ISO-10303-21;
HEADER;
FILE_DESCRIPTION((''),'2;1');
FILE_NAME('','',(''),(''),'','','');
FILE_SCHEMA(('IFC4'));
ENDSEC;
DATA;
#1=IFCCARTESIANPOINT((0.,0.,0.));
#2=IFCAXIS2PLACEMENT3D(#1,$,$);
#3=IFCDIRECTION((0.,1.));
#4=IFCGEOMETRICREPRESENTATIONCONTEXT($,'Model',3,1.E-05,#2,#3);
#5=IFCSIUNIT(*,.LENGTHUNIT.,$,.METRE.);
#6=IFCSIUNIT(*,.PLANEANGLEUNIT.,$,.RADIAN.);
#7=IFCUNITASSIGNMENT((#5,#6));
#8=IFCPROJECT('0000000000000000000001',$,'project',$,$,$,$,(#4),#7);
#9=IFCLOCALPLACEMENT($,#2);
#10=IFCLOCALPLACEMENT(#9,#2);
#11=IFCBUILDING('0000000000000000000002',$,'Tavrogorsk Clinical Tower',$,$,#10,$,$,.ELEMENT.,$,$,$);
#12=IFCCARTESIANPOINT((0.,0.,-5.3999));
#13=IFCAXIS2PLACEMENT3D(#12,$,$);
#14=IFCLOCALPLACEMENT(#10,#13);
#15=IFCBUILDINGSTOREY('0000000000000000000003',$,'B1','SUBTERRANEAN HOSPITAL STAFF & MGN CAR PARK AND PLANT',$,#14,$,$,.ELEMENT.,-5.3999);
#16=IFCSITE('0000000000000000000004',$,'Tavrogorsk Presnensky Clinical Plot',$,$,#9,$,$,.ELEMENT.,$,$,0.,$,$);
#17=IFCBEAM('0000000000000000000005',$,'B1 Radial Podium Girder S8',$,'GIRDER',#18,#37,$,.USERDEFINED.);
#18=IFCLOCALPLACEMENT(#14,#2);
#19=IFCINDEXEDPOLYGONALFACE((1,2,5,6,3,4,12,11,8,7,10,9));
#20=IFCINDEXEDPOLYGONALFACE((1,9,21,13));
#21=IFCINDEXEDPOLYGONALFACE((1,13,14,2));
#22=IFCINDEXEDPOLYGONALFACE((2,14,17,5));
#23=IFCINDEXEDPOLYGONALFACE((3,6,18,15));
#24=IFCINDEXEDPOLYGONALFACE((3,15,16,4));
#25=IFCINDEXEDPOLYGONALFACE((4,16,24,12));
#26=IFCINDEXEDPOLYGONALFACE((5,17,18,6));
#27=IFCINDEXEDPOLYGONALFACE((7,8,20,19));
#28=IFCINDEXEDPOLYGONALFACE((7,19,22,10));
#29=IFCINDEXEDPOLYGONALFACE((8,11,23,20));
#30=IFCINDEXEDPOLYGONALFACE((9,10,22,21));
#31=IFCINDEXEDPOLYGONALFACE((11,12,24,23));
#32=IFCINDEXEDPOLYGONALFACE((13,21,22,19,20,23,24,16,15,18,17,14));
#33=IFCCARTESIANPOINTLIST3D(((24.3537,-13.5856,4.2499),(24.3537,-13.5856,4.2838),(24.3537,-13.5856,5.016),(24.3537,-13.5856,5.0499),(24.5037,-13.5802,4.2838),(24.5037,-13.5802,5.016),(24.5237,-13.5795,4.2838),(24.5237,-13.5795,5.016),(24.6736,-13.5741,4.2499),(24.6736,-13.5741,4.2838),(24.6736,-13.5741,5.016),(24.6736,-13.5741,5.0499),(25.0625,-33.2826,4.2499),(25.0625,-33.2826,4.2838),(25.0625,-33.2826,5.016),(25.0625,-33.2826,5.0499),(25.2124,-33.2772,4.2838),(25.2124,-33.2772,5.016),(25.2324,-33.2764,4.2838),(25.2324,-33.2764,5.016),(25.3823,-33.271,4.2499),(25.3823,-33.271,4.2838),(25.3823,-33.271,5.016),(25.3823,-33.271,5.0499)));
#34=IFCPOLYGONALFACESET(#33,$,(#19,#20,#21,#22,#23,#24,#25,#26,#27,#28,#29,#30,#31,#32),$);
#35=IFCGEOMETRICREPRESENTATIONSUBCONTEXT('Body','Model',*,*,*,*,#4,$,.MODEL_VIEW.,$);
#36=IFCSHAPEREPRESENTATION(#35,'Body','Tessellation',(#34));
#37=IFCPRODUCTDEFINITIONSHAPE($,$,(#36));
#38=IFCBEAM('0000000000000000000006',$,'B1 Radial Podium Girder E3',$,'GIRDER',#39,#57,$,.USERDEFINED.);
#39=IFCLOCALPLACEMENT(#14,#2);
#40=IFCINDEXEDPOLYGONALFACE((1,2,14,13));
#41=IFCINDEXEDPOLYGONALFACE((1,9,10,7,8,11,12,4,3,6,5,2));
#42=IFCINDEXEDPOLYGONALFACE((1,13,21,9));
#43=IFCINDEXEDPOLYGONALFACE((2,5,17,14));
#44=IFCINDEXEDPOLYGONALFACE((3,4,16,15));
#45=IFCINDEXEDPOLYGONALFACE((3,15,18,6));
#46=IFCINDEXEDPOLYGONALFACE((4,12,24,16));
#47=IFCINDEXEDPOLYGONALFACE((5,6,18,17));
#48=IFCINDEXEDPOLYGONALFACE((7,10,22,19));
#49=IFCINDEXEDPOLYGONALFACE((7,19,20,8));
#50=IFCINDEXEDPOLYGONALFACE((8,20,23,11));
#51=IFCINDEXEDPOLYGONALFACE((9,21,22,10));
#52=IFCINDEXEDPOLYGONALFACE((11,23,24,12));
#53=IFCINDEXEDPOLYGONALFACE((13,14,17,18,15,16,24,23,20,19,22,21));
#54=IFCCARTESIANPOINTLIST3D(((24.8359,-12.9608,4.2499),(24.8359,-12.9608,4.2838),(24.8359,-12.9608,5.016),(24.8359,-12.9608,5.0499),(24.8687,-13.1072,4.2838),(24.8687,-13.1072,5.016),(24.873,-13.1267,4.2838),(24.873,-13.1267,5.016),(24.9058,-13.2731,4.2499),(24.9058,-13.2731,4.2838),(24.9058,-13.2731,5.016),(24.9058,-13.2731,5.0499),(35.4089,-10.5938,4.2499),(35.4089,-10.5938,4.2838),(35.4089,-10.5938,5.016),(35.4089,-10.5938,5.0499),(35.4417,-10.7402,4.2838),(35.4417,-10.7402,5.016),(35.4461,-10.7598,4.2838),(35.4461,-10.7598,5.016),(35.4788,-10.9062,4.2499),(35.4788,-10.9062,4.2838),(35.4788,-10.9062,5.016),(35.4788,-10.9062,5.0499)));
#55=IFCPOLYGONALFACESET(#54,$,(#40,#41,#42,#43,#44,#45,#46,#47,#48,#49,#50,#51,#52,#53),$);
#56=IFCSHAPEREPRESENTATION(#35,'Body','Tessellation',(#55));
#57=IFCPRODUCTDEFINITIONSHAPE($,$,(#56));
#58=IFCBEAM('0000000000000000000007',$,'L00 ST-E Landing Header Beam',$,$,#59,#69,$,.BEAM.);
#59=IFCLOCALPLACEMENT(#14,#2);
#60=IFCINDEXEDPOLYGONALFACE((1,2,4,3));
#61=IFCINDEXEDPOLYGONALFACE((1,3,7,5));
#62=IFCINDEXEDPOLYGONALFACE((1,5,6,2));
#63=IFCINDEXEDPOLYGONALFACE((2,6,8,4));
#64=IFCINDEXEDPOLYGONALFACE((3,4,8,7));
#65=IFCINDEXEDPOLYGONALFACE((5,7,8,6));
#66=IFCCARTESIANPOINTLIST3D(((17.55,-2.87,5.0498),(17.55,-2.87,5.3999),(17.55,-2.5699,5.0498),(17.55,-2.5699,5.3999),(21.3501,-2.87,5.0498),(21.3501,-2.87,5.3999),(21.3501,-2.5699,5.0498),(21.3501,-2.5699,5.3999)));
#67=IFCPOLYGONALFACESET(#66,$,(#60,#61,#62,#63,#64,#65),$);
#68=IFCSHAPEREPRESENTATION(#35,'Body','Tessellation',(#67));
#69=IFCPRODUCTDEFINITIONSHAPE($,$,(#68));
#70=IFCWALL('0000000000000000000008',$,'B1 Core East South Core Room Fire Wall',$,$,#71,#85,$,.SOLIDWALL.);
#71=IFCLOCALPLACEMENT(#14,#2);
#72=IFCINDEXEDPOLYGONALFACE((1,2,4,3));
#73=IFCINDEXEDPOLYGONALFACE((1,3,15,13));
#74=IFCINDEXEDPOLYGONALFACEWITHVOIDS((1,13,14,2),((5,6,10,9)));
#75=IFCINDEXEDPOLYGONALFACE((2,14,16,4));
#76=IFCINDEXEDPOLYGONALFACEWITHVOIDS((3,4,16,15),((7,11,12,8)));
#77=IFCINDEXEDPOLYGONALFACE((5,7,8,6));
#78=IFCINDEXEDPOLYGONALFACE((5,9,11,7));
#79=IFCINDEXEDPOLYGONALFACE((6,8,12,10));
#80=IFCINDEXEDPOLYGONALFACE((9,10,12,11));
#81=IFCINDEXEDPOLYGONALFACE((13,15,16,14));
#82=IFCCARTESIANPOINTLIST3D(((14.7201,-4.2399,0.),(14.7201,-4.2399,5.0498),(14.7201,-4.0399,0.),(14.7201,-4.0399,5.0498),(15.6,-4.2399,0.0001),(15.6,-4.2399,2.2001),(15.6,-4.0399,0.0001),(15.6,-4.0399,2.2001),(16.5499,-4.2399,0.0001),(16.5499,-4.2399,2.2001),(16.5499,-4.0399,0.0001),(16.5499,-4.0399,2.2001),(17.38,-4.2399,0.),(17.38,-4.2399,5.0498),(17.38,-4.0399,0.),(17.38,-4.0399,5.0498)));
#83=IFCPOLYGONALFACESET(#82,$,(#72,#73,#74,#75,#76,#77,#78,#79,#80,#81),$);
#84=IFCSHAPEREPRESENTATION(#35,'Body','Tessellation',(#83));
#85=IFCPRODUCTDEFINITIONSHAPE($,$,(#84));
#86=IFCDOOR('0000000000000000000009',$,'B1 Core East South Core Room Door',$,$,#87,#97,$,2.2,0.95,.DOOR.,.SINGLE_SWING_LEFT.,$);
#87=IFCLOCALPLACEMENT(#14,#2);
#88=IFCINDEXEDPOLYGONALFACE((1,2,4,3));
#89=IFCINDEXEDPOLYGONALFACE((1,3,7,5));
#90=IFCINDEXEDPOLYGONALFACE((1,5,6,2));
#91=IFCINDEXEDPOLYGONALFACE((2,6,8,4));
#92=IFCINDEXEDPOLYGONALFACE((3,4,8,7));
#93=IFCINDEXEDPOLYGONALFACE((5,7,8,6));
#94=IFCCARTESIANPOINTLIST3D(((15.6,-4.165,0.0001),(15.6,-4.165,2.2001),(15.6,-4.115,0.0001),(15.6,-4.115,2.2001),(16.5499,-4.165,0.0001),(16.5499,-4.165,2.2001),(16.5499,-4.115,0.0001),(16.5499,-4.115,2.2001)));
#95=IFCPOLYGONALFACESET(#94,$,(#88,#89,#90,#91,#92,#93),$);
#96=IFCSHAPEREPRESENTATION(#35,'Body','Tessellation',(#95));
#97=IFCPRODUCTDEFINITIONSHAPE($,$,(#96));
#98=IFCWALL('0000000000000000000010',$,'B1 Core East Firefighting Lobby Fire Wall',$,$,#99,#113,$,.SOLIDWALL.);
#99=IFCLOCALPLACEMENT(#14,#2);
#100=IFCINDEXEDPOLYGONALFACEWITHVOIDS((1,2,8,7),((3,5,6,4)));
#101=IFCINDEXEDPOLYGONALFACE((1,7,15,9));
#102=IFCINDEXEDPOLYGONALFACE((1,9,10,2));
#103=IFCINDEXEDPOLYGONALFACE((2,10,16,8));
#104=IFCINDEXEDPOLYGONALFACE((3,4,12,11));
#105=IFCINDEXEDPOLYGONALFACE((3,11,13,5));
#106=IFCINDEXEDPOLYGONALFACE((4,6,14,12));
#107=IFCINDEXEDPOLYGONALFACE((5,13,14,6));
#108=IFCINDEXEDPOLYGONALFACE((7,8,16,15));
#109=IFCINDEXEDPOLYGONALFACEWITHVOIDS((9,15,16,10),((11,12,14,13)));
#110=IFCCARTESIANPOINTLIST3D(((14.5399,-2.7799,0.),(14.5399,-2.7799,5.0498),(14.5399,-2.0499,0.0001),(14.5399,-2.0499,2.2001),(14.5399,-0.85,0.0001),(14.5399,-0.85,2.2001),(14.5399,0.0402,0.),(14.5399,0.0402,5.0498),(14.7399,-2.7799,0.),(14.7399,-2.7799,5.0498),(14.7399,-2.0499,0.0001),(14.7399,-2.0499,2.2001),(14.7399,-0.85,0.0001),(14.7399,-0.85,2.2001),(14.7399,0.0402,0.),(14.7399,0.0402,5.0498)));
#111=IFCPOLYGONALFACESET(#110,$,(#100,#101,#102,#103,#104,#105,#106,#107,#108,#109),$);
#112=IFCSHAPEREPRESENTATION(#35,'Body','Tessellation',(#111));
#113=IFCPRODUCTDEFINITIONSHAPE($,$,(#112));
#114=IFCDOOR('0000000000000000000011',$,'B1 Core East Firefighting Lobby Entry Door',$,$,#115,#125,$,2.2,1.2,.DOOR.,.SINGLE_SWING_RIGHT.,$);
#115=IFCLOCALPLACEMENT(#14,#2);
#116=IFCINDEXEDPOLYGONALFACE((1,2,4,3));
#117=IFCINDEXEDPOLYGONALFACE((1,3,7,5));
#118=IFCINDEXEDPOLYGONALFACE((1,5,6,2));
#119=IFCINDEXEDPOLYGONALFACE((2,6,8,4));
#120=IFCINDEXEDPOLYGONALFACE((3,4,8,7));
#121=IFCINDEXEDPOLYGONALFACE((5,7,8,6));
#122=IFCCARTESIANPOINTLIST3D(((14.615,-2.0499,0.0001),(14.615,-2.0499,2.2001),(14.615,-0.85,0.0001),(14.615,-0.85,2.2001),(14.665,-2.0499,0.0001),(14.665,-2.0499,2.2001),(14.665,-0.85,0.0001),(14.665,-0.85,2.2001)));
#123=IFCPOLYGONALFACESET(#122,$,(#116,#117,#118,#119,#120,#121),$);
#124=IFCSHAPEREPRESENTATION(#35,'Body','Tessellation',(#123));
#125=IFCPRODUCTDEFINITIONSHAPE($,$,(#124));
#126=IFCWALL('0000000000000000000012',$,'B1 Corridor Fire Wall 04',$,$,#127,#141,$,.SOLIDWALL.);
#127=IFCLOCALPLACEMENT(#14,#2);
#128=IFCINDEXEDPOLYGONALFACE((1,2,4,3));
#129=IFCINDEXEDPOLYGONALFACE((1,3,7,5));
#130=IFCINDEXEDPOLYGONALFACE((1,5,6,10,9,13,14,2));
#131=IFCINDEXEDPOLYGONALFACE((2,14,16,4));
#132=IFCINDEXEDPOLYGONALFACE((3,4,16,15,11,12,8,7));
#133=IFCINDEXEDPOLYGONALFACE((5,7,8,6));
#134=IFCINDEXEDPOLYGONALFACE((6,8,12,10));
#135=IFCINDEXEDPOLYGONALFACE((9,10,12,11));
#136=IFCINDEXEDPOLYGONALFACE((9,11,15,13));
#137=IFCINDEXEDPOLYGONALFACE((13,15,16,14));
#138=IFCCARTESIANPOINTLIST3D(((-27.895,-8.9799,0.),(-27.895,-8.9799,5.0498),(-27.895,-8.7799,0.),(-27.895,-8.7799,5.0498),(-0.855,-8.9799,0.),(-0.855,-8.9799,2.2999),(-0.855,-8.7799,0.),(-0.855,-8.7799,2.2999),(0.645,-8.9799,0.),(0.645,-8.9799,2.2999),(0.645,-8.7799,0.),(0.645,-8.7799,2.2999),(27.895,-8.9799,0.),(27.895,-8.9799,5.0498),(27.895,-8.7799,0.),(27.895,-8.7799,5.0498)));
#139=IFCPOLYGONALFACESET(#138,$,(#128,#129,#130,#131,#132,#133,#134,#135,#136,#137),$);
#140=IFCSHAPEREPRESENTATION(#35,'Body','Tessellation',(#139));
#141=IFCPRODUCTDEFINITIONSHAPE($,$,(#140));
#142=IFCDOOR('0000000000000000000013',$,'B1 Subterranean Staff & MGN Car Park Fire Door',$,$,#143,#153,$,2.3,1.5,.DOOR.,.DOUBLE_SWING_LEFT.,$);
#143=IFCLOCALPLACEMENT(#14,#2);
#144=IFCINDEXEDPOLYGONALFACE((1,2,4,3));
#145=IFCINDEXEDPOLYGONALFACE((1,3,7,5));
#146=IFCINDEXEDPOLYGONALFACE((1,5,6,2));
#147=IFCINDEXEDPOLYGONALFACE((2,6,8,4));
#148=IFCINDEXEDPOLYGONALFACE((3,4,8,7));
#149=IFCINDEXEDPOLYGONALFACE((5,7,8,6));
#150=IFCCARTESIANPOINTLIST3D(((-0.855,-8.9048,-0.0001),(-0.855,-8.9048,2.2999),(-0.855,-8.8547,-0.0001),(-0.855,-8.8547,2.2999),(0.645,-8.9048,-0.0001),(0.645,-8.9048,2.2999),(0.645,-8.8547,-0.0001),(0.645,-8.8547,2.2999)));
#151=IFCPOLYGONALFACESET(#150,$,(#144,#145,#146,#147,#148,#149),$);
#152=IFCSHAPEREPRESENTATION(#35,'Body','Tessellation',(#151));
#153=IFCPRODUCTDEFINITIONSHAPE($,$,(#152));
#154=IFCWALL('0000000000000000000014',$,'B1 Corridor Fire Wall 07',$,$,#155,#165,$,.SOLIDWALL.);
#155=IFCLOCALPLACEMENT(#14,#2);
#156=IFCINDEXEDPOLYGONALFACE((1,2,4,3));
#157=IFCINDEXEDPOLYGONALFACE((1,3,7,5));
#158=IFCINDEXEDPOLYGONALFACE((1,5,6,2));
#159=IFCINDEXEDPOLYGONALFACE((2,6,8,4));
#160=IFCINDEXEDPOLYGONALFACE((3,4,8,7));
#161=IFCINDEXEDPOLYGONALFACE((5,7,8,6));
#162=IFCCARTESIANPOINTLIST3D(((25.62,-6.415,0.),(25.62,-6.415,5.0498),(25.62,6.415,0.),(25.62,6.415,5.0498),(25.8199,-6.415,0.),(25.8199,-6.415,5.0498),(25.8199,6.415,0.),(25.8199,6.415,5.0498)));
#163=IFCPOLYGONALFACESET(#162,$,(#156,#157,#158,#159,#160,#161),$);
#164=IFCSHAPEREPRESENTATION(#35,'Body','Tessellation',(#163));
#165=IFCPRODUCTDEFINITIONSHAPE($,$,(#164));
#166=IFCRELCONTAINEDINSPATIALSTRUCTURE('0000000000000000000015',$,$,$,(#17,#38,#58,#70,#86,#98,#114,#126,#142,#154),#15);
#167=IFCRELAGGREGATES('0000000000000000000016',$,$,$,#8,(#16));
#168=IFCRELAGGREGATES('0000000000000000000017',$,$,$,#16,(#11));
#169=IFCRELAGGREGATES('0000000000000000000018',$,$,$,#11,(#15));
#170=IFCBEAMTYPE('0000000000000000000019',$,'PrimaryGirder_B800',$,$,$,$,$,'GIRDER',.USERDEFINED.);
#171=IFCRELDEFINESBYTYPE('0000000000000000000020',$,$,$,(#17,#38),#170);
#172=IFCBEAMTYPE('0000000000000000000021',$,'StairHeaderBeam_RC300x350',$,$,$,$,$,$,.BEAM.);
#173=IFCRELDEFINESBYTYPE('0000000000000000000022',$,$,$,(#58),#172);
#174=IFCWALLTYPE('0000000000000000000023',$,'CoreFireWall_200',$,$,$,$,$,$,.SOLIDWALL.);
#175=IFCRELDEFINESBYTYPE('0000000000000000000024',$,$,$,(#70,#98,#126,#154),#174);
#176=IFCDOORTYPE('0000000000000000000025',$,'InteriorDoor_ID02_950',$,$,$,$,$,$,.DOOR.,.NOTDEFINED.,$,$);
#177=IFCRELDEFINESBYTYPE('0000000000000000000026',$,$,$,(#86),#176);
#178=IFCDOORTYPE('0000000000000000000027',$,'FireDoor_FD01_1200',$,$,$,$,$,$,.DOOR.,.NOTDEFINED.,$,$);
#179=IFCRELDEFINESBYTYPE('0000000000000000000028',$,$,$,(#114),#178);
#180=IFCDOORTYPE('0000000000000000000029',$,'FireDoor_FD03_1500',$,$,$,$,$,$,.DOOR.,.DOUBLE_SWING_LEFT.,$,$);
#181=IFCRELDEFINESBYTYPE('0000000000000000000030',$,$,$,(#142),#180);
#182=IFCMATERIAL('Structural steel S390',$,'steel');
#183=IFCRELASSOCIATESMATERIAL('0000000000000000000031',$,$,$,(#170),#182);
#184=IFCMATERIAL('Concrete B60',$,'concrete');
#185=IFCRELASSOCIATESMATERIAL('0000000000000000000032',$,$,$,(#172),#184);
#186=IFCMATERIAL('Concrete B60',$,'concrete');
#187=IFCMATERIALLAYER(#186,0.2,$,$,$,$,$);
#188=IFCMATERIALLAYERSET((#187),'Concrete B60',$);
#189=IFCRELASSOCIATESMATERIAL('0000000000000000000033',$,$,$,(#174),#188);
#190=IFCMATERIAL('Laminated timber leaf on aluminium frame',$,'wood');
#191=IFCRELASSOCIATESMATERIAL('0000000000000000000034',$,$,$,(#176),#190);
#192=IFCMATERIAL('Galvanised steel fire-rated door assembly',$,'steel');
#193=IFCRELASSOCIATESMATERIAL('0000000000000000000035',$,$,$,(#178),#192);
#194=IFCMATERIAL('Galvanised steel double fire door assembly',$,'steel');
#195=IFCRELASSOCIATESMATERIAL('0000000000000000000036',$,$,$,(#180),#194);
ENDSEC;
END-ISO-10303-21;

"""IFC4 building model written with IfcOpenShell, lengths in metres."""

from ifc_helpers import new_model, si_unit, direction, frame, frame_2d, origin, origin_2d, place, context, subcontext, project, spatial, rectangle, i_section, extrude, material, layer, layer_set, material_profile, profile_set, type_object, element, fill, save


model = new_model("IFC4")

# Units and contexts
model_context = context("Model", 3, precision=1e-05, world=origin(), true_north=direction((0.0, 1.0)))
body_context = subcontext(model_context, "Body", "Model", "MODEL_VIEW")
ifc_project = project(units=[si_unit("LENGTHUNIT", "METRE"), si_unit("PLANEANGLEUNIT", "RADIAN")], contexts=[model_context])

# Site, building, storey
site_placement = place(None, origin())
site = spatial("IfcSite", under=ifc_project, at=site_placement, Name="Tavrogorsk Presnensky Clinical Plot", CompositionType="ELEMENT", RefElevation=0.0)
building_placement = place(site_placement, origin())
building = spatial("IfcBuilding", under=site, at=building_placement, Name="Tavrogorsk Clinical Tower", CompositionType="ELEMENT")
storey_placement = place(building_placement, frame((0.0, 0.0, -5.3999)))
storey = spatial("IfcBuildingStorey", under=building, at=storey_placement, Name="B1", Description="SUBTERRANEAN HOSPITAL STAFF & MGN CAR PARK AND PLANT", CompositionType="ELEMENT", Elevation=-5.3999)

# Beams
ifc_material_1 = material(Name="Structural steel S390", Category="steel")
ifc_material_profile_1 = material_profile(ifc_material_1, i_section(OverallWidth=0.3201, OverallDepth=0.8, WebThickness=0.02, FlangeThickness=0.0339, at=origin_2d()), Name="B-800x320x20x34")
ifc_profile_set_1 = profile_set([ifc_material_profile_1], Name="Structural steel S390")
beam_type_1 = type_object("IfcBeamType", Name="PrimaryGirder_B800", ElementType="GIRDER", PredefinedType="USERDEFINED", material=ifc_profile_set_1)
beam_1_placement = place(storey_placement, frame((24.5137, -13.5798, 4.6499), z_axis=(0.035959, -0.999353, 0.0), x_axis=(0.999353, 0.035959, 0.0)))
element("IfcBeam", 1, at=beam_1_placement, inside=storey, type_object=beam_type_1, Name="B1 Radial Podium Girder S8", ObjectType="GIRDER", PredefinedType="USERDEFINED", context=body_context, shape_type="SweptSolid", body=[
    extrude(i_section(OverallWidth=0.3201, OverallDepth=0.8, WebThickness=0.02, FlangeThickness=0.0339, at=origin_2d()), origin(), (0.0, 0.0, 1.0), 19.7097),
])
beam_2_placement = place(storey_placement, frame((24.8708, -13.1169, 4.6499), z_axis=(0.975846, 0.21846, 0.0), x_axis=(-0.21846, 0.975846, 0.0)))
element("IfcBeam", 2, at=beam_2_placement, inside=storey, type_object=beam_type_1, Name="B1 Radial Podium Girder E3", ObjectType="GIRDER", PredefinedType="USERDEFINED", context=body_context, shape_type="SweptSolid", body=[
    extrude(i_section(OverallWidth=0.3201, OverallDepth=0.8, WebThickness=0.02, FlangeThickness=0.0339, at=origin_2d()), origin(), (0.0, 0.0, 1.0), 10.8347),
])
ifc_material_2 = material(Name="Concrete B60", Category="concrete")
ifc_material_profile_2 = material_profile(ifc_material_2, rectangle(XDim=0.3, YDim=0.3501, at=origin_2d()), Name="RC-SHB-300x350")
ifc_profile_set_2 = profile_set([ifc_material_profile_2], Name="Concrete B60")
beam_type_2 = type_object("IfcBeamType", Name="StairHeaderBeam_RC300x350", PredefinedType="BEAM", material=ifc_profile_set_2)
beam_3_placement = place(storey_placement, frame((17.55, -2.72, 5.2249), z_axis=(1.0, 0.0, 0.0), x_axis=(0.0, 1.0, 0.0)))
element("IfcBeam", 3, at=beam_3_placement, inside=storey, type_object=beam_type_2, Name="L00 ST-E Landing Header Beam", PredefinedType="BEAM", context=body_context, shape_type="SweptSolid", body=[
    extrude(rectangle(XDim=0.3, YDim=0.3501, at=origin_2d()), origin(), (0.0, 0.0, 1.0), 3.8),
])

# Walls, openings, doors
ifc_material_3 = material(Name="Concrete B60", Category="concrete")
ifc_layer_1 = layer(ifc_material_3, 0.2)
ifc_layer_set_1 = layer_set([ifc_layer_1], Name="Concrete B60")
wall_type_1 = type_object("IfcWallType", Name="CoreFireWall_200", PredefinedType="SOLIDWALL", material=ifc_layer_set_1)
wall_1_placement = place(storey_placement, frame((14.72, -4.1399, 0.0), z_axis=(0.0, 0.0, 1.0), x_axis=(1.0, 0.0, 0.0)))
wall_1 = element("IfcWall", 4, at=wall_1_placement, inside=storey, type_object=wall_type_1, Name="B1 Core East South Core Room Fire Wall", PredefinedType="SOLIDWALL", context=body_context, shape_type="SweptSolid", body=[
    extrude(rectangle(XDim=2.6599, YDim=0.2, at=frame_2d((1.3301, 0.0))), origin(), (0.0, 0.0, 1.0), 5.0498),
])
opening_1_placement = place(wall_1_placement, frame((0.8799, 0.0, 0.0)))
opening_1 = element("IfcOpeningElement", 5, at=opening_1_placement, cuts=wall_1, PredefinedType="OPENING", context=body_context, shape_type="SweptSolid", body=[
    extrude(rectangle(XDim=0.95, YDim=2.2, at=frame_2d((0.4751, 1.1001))), frame((0.0, 0.1099, 0.0), z_axis=(0.0, -1.0, 0.0), x_axis=(1.0, 0.0, 0.0)), (0.0, 0.0, 1.0), 0.22),
])
ifc_material_4 = material(Name="Laminated timber leaf on aluminium frame", Category="wood")
door_type_1 = type_object("IfcDoorType", Name="InteriorDoor_ID02_950", OperationType="NOTDEFINED", PredefinedType="DOOR", material=ifc_material_4)
door_1_placement = place(opening_1_placement, origin())
door_1 = element("IfcDoor", 6, at=door_1_placement, inside=storey, type_object=door_type_1, Name="B1 Core East South Core Room Door", OperationType="SINGLE_SWING_LEFT", OverallHeight=2.2, OverallWidth=0.95, PredefinedType="DOOR", context=body_context, shape_type="SweptSolid", body=[
    extrude(rectangle(XDim=0.95, YDim=2.2, at=frame_2d((0.4751, 1.1001))), frame((0.0, 0.0249, 0.0), z_axis=(0.0, -1.0, 0.0), x_axis=(1.0, 0.0, 0.0)), (0.0, 0.0, 1.0), 0.05),
])
fill(opening_1, door_1)
wall_2_placement = place(storey_placement, frame((14.6399, -2.78, 0.0), z_axis=(0.0, 0.0, 1.0), x_axis=(0.0, 1.0, 0.0)))
wall_2 = element("IfcWall", 7, at=wall_2_placement, inside=storey, type_object=wall_type_1, Name="B1 Core East Firefighting Lobby Fire Wall", PredefinedType="SOLIDWALL", context=body_context, shape_type="SweptSolid", body=[
    extrude(rectangle(XDim=2.8201, YDim=0.2, at=frame_2d((1.4102, 0.0))), origin(), (0.0, 0.0, 1.0), 5.0498),
])
opening_2_placement = place(wall_2_placement, frame((0.73, 0.0, 0.0)))
opening_2 = element("IfcOpeningElement", 8, at=opening_2_placement, cuts=wall_2, PredefinedType="OPENING", context=body_context, shape_type="SweptSolid", body=[
    extrude(rectangle(XDim=1.2, YDim=2.2, at=frame_2d((0.6001, 1.1001))), frame((0.0, 0.1099, 0.0), z_axis=(0.0, -1.0, 0.0), x_axis=(1.0, 0.0, 0.0)), (0.0, 0.0, 1.0), 0.22),
])
ifc_material_5 = material(Name="Galvanised steel fire-rated door assembly", Category="steel")
door_type_2 = type_object("IfcDoorType", Name="FireDoor_FD01_1200", OperationType="NOTDEFINED", PredefinedType="DOOR", material=ifc_material_5)
door_2_placement = place(opening_2_placement, origin())
door_2 = element("IfcDoor", 9, at=door_2_placement, inside=storey, type_object=door_type_2, Name="B1 Core East Firefighting Lobby Entry Door", OperationType="SINGLE_SWING_RIGHT", OverallHeight=2.2, OverallWidth=1.2, PredefinedType="DOOR", context=body_context, shape_type="SweptSolid", body=[
    extrude(rectangle(XDim=1.2, YDim=2.2, at=frame_2d((0.6001, 1.1001))), frame((0.0, 0.0249, 0.0), z_axis=(0.0, -1.0, 0.0), x_axis=(1.0, 0.0, 0.0)), (0.0, 0.0, 1.0), 0.05),
])
fill(opening_2, door_2)
wall_3_placement = place(storey_placement, frame((27.895, -8.8799, 0.0), z_axis=(0.0, 0.0, 1.0), x_axis=(-1.0, 0.0, 0.0)))
wall_3 = element("IfcWall", 10, at=wall_3_placement, inside=storey, type_object=wall_type_1, Name="B1 Corridor Fire Wall 04", PredefinedType="SOLIDWALL", context=body_context, shape_type="SweptSolid", body=[
    extrude(rectangle(XDim=55.79, YDim=0.2, at=frame_2d((27.895, 0.0))), origin(), (0.0, 0.0, 1.0), 5.0498),
])
opening_3_placement = place(wall_3_placement, frame((27.25, 0.0, 0.0)))
opening_3 = element("IfcOpeningElement", 11, at=opening_3_placement, cuts=wall_3, PredefinedType="OPENING", context=body_context, shape_type="SweptSolid", body=[
    extrude(rectangle(XDim=1.5, YDim=2.3, at=frame_2d((0.75, 1.1499))), frame((0.0, 0.1099, 0.0), z_axis=(0.0, -1.0, 0.0), x_axis=(1.0, 0.0, 0.0)), (0.0, 0.0, 1.0), 0.22),
])
ifc_material_6 = material(Name="Galvanised steel double fire door assembly", Category="steel")
door_type_3 = type_object("IfcDoorType", Name="FireDoor_FD03_1500", OperationType="DOUBLE_SWING_LEFT", PredefinedType="DOOR", material=ifc_material_6)
door_3_placement = place(opening_3_placement, origin())
door_3 = element("IfcDoor", 12, at=door_3_placement, inside=storey, type_object=door_type_3, Name="B1 Subterranean Staff & MGN Car Park Fire Door", OperationType="DOUBLE_SWING_LEFT", OverallHeight=2.3, OverallWidth=1.5, PredefinedType="DOOR", context=body_context, shape_type="SweptSolid", body=[
    extrude(rectangle(XDim=1.5, YDim=2.3, at=frame_2d((0.75, 1.1499))), frame((0.0, 0.0249, 0.0), z_axis=(0.0, -1.0, 0.0), x_axis=(1.0, 0.0, 0.0)), (0.0, 0.0, 1.0), 0.05),
])
fill(opening_3, door_3)

# Wall
wall_4_placement = place(storey_placement, frame((25.72, -6.415, 0.0), z_axis=(0.0, 0.0, 1.0), x_axis=(0.0, 1.0, 0.0)))
element("IfcWall", 13, at=wall_4_placement, inside=storey, type_object=wall_type_1, Name="B1 Corridor Fire Wall 07", PredefinedType="SOLIDWALL", context=body_context, shape_type="SweptSolid", body=[
    extrude(rectangle(XDim=12.8301, YDim=0.2, at=frame_2d((6.415, 0.0))), origin(), (0.0, 0.0, 1.0), 5.0498),
])

save(model, "model.ifc")
